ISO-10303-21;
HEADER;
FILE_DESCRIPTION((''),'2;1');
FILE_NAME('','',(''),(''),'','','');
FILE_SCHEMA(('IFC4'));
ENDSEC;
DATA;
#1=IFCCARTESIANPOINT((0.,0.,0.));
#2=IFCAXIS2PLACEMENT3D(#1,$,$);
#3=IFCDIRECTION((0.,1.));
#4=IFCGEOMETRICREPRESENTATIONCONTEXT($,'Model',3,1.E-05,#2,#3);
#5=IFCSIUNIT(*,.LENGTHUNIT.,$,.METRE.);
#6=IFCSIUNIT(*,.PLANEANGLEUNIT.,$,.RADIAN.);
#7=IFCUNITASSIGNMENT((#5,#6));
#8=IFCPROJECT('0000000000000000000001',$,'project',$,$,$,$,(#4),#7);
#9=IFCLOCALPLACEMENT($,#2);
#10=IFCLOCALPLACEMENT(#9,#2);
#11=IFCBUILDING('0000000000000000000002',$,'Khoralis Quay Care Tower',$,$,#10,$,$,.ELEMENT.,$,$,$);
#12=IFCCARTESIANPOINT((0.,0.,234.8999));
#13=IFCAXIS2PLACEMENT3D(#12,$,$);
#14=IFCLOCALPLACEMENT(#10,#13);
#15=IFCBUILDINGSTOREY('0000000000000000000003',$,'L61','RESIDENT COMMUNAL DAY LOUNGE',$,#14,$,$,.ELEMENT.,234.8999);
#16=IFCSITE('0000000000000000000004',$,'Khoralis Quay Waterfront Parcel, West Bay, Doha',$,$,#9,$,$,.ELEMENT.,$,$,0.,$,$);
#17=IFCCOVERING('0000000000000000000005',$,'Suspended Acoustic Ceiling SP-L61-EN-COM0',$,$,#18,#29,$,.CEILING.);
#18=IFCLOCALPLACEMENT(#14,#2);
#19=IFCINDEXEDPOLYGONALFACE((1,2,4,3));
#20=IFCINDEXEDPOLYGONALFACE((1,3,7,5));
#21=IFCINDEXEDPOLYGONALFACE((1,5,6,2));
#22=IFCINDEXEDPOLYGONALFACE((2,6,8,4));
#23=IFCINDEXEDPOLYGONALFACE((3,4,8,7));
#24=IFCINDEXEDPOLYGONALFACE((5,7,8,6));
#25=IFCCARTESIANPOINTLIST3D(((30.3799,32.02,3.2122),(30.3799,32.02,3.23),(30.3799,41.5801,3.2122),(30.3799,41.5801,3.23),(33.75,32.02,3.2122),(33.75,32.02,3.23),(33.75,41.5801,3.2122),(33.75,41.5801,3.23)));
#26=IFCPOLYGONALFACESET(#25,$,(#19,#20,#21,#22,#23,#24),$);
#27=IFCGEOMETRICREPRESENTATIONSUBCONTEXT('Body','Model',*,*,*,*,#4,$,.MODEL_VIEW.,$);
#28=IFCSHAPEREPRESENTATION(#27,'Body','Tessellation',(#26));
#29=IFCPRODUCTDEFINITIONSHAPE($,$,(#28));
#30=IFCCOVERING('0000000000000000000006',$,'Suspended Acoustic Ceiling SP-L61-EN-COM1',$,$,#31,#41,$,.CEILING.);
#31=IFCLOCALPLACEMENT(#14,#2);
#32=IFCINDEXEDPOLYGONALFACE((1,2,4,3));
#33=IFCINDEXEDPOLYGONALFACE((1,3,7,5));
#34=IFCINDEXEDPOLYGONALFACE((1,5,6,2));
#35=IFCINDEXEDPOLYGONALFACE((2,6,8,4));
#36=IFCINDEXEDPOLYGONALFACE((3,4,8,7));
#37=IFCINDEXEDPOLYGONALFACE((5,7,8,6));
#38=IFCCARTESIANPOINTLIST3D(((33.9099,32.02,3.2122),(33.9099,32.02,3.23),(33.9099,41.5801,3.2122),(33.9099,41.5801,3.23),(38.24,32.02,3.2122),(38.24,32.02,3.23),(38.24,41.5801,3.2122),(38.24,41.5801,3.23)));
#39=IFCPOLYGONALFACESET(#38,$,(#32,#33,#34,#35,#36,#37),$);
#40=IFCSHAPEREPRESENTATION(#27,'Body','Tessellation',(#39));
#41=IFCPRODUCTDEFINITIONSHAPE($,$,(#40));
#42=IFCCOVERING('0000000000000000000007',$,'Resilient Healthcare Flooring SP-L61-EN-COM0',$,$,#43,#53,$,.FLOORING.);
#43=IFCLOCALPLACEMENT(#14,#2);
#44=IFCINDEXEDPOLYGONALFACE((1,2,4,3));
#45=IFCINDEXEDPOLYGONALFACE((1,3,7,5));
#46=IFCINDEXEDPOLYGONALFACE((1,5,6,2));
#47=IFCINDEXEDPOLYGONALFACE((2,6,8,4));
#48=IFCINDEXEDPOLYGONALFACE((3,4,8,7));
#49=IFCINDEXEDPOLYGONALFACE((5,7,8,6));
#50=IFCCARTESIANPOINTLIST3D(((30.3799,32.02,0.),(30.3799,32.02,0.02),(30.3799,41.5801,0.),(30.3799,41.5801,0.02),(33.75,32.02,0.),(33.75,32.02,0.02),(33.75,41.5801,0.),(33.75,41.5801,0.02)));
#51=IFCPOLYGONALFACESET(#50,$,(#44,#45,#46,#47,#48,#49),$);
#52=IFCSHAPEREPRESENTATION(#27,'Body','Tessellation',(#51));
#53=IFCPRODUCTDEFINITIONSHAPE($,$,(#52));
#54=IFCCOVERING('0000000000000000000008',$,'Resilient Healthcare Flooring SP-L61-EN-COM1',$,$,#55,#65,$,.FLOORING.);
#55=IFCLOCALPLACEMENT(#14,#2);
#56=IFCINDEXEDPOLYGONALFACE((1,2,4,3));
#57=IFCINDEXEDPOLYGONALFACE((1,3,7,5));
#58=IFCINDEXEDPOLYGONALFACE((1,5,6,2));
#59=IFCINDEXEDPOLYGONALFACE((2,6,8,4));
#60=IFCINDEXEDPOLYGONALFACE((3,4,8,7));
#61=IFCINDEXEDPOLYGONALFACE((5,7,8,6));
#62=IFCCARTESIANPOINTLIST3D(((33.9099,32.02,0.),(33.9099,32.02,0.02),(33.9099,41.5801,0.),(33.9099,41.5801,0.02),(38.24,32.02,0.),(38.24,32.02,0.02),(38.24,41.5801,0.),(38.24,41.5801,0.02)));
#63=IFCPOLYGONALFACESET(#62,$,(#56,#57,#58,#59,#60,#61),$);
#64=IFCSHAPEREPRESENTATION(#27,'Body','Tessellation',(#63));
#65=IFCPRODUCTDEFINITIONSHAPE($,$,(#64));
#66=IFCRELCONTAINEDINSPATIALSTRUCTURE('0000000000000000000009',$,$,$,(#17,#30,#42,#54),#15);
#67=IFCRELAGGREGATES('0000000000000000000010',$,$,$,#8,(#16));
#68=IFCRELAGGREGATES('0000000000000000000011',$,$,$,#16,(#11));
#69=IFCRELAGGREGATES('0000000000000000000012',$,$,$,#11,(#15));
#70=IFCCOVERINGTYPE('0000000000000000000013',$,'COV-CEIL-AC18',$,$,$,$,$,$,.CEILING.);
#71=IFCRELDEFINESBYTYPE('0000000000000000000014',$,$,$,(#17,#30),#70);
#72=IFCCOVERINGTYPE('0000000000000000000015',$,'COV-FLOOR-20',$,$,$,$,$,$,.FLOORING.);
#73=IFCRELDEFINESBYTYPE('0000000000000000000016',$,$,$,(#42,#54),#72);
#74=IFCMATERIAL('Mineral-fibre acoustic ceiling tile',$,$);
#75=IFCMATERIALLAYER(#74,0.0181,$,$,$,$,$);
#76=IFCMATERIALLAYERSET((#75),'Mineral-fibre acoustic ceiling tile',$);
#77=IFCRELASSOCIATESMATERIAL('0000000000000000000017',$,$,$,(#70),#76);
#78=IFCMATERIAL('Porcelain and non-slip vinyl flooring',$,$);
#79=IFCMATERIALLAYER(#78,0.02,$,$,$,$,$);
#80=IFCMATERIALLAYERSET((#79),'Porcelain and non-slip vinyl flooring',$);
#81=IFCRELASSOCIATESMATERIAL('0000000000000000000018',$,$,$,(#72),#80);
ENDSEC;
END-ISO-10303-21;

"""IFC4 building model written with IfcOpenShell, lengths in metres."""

from ifc_helpers import new_model, si_unit, direction, frame, origin, place, context, subcontext, project, spatial, polyline, outline, extrude, material, layer, layer_set, type_object, element, save


model = new_model("IFC4")

# Units and contexts
model_context = context("Model", 3, precision=1e-05, world=origin(), true_north=direction((0.0, 1.0)))
body_context = subcontext(model_context, "Body", "Model", "MODEL_VIEW")
ifc_project = project(units=[si_unit("LENGTHUNIT", "METRE"), si_unit("PLANEANGLEUNIT", "RADIAN")], contexts=[model_context])

# Site, building, storey
site_placement = place(None, origin())
site = spatial("IfcSite", under=ifc_project, at=site_placement, Name="Khoralis Quay Waterfront Parcel, West Bay, Doha", CompositionType="ELEMENT", RefElevation=0.0)
building_placement = place(site_placement, origin())
building = spatial("IfcBuilding", under=site, at=building_placement, Name="Khoralis Quay Care Tower", CompositionType="ELEMENT")
storey_placement = place(building_placement, frame((0.0, 0.0, 234.8999)))
storey = spatial("IfcBuildingStorey", under=building, at=storey_placement, Name="L61", Description="RESIDENT COMMUNAL DAY LOUNGE", CompositionType="ELEMENT", Elevation=234.8999)

# Coverings
ifc_material_1 = material(Name="Mineral-fibre acoustic ceiling tile")
ifc_layer_1 = layer(ifc_material_1, 0.0181)
ifc_layer_set_1 = layer_set([ifc_layer_1], Name="Mineral-fibre acoustic ceiling tile")
covering_type_1 = type_object("IfcCoveringType", Name="COV-CEIL-AC18", PredefinedType="CEILING", material=ifc_layer_set_1)
covering_1_placement = place(storey_placement, frame((0.0, 0.0, 3.2122)))
element("IfcCovering", 1, at=covering_1_placement, inside=storey, type_object=covering_type_1, Name="Suspended Acoustic Ceiling SP-L61-EN-COM0", PredefinedType="CEILING", context=body_context, shape_type="SweptSolid", body=[
    extrude(outline(polyline([(30.3799, 32.02), (33.75, 32.02), (33.75, 41.5801), (30.3799, 41.5801), (30.3799, 32.02)])), origin(), (0.0, 0.0, 1.0), 0.0178),
])
covering_2_placement = place(storey_placement, frame((0.0, 0.0, 3.2122)))
element("IfcCovering", 2, at=covering_2_placement, inside=storey, type_object=covering_type_1, Name="Suspended Acoustic Ceiling SP-L61-EN-COM1", PredefinedType="CEILING", context=body_context, shape_type="SweptSolid", body=[
    extrude(outline(polyline([(33.9099, 32.02), (38.24, 32.02), (38.24, 41.5801), (33.9099, 41.5801), (33.9099, 32.02)])), origin(), (0.0, 0.0, 1.0), 0.0178),
])
ifc_material_2 = material(Name="Porcelain and non-slip vinyl flooring")
ifc_layer_2 = layer(ifc_material_2, 0.02)
ifc_layer_set_2 = layer_set([ifc_layer_2], Name="Porcelain and non-slip vinyl flooring")
covering_type_2 = type_object("IfcCoveringType", Name="COV-FLOOR-20", PredefinedType="FLOORING", material=ifc_layer_set_2)
covering_3_placement = place(storey_placement, origin())
element("IfcCovering", 3, at=covering_3_placement, inside=storey, type_object=covering_type_2, Name="Resilient Healthcare Flooring SP-L61-EN-COM0", PredefinedType="FLOORING", context=body_context, shape_type="SweptSolid", body=[
    extrude(outline(polyline([(30.3799, 32.02), (33.75, 32.02), (33.75, 41.5801), (30.3799, 41.5801), (30.3799, 32.02)])), origin(), (0.0, 0.0, 1.0), 0.02),
])
covering_4_placement = place(storey_placement, origin())
element("IfcCovering", 4, at=covering_4_placement, inside=storey, type_object=covering_type_2, Name="Resilient Healthcare Flooring SP-L61-EN-COM1", PredefinedType="FLOORING", context=body_context, shape_type="SweptSolid", body=[
    extrude(outline(polyline([(33.9099, 32.02), (38.24, 32.02), (38.24, 41.5801), (33.9099, 41.5801), (33.9099, 32.02)])), origin(), (0.0, 0.0, 1.0), 0.02),
])

save(model, "model.ifc")
